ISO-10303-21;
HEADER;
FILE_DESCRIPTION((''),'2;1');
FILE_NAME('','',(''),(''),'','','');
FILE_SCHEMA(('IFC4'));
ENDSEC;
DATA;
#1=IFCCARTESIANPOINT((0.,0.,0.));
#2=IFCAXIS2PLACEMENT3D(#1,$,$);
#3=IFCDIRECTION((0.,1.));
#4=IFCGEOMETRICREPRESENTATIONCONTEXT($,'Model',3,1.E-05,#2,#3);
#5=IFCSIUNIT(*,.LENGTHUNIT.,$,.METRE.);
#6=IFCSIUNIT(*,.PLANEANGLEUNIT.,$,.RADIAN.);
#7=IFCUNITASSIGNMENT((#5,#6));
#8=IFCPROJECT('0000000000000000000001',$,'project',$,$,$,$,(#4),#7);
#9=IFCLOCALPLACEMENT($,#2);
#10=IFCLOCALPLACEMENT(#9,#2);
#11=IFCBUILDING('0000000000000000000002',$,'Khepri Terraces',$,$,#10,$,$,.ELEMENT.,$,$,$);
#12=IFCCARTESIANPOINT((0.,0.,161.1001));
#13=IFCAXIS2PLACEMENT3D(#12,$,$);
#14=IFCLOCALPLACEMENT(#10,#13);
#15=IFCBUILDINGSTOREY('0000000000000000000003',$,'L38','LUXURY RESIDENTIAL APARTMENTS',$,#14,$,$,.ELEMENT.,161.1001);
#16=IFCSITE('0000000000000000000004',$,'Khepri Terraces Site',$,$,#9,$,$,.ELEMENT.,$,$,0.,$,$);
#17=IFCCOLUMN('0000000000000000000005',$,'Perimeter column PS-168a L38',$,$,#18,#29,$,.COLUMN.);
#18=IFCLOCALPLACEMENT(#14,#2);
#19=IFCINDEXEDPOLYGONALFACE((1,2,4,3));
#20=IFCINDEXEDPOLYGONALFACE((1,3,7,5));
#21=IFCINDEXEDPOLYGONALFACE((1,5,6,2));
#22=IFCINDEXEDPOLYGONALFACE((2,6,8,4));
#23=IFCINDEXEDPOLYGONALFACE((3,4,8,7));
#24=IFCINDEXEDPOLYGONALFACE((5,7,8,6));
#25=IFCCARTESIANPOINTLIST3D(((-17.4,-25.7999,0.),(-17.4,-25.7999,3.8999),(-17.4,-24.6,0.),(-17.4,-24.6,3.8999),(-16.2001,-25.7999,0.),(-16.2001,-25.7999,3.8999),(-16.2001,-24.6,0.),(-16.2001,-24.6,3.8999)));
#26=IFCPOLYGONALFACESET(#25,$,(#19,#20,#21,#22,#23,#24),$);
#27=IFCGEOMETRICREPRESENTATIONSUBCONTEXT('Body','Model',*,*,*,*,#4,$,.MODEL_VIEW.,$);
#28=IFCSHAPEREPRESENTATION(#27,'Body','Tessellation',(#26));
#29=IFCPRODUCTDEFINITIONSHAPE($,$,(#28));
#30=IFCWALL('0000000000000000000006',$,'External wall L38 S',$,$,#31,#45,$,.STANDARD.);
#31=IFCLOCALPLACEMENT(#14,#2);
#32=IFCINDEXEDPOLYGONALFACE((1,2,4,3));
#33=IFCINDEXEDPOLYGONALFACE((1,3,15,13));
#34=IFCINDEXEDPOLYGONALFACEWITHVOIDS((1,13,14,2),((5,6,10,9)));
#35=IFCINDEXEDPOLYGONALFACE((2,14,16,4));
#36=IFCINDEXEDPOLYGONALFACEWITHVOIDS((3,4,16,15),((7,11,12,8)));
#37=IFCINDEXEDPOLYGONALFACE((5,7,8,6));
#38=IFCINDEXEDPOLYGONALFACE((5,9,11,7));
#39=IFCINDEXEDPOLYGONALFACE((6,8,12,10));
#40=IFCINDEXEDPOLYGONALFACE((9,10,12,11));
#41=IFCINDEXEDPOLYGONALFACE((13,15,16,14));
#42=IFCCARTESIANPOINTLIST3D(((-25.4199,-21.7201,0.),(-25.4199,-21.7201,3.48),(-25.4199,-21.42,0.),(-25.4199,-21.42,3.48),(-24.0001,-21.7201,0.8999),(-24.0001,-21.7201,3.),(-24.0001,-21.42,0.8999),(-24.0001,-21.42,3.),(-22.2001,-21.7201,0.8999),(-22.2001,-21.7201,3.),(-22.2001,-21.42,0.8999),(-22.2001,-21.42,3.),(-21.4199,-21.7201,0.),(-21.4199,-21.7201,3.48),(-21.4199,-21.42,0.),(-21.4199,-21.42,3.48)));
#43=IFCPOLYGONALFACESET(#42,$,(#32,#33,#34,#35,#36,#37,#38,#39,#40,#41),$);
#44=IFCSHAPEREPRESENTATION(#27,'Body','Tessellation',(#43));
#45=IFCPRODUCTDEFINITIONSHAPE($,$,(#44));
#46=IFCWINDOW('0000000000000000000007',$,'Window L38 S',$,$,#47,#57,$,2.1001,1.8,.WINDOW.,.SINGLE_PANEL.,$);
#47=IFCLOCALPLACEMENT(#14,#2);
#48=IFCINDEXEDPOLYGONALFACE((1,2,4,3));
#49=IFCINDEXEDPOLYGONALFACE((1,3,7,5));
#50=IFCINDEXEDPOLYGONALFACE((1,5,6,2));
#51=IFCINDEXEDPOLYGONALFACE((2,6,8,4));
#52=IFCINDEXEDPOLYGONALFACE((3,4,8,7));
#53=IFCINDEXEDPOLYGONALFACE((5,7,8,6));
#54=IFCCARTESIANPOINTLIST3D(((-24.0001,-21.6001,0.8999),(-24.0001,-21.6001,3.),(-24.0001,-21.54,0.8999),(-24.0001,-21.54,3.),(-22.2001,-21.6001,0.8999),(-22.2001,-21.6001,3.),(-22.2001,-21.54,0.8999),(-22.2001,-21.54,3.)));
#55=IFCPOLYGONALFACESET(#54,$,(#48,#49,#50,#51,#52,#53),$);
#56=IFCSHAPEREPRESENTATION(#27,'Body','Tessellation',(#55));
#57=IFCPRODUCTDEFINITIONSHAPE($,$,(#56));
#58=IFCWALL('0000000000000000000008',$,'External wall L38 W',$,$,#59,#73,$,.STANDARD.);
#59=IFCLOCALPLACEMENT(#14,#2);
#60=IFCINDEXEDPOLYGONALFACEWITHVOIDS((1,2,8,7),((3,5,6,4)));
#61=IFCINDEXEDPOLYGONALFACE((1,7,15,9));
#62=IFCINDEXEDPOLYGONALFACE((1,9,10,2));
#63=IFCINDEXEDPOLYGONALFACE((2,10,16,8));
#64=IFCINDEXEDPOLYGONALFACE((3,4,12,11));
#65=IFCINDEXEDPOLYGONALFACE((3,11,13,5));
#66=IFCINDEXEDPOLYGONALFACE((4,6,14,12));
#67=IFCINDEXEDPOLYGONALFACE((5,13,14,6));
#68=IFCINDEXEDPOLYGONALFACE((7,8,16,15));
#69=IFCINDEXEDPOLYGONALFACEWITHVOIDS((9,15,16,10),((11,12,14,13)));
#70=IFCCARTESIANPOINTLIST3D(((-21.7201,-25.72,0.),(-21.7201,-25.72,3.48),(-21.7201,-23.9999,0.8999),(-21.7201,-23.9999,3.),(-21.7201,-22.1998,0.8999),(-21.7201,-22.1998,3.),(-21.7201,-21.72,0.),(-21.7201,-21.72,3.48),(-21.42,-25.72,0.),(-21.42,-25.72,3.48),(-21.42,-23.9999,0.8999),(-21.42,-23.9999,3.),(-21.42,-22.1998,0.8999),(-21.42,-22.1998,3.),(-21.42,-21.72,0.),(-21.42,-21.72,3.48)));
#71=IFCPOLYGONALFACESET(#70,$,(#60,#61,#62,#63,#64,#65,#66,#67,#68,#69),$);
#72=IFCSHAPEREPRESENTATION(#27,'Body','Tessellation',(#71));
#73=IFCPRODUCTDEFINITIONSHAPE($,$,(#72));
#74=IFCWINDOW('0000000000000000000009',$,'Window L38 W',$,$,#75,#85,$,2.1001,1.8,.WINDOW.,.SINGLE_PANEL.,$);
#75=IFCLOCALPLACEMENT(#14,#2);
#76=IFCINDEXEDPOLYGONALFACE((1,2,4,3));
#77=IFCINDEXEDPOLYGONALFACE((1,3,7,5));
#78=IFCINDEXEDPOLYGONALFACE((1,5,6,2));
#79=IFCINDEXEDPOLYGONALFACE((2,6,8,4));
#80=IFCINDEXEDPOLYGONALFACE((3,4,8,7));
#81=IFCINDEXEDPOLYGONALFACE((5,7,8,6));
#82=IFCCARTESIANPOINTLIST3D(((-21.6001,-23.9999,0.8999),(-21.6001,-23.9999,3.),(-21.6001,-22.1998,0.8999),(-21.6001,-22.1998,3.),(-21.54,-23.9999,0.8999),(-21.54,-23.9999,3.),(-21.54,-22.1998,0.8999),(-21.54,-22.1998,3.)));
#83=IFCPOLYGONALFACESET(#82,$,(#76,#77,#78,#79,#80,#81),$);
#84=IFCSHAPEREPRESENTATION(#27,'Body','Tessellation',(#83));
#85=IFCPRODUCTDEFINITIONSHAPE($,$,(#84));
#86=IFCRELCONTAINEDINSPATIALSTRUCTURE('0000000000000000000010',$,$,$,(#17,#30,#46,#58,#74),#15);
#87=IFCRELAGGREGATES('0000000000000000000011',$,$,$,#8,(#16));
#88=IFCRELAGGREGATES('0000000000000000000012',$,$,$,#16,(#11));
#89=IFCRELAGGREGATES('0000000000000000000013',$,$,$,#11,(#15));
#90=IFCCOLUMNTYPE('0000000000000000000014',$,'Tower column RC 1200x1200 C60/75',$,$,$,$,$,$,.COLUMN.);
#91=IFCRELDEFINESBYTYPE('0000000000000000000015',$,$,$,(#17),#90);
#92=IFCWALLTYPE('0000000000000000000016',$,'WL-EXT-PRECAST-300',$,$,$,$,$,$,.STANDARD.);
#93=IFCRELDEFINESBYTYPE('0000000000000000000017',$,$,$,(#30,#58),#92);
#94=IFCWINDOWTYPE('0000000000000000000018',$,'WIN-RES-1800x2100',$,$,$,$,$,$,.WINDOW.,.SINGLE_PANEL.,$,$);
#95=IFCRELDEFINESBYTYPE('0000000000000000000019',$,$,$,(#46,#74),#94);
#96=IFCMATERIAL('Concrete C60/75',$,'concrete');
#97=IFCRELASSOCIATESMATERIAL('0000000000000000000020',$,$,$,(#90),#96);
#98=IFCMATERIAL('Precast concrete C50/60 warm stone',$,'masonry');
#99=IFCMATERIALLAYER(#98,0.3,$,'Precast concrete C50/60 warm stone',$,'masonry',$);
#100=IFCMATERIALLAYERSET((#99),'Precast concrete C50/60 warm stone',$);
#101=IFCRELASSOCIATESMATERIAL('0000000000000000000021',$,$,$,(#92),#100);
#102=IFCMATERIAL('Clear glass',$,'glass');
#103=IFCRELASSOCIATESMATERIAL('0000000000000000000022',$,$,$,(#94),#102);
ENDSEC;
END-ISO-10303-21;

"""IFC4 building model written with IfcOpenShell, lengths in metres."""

from ifc_helpers import new_model, si_unit, direction, frame, frame_2d, origin, origin_2d, place, context, subcontext, project, spatial, rectangle, extrude, material, layer, layer_set, material_profile, profile_set, type_object, element, fill, save


model = new_model("IFC4")

# Units and contexts
model_context = context("Model", 3, precision=1e-05, world=origin(), true_north=direction((0.0, 1.0)))
body_context = subcontext(model_context, "Body", "Model", "MODEL_VIEW")
ifc_project = project(units=[si_unit("LENGTHUNIT", "METRE"), si_unit("PLANEANGLEUNIT", "RADIAN")], contexts=[model_context])

# Site, building, storey
site_placement = place(None, origin())
site = spatial("IfcSite", under=ifc_project, at=site_placement, Name="Khepri Terraces Site", CompositionType="ELEMENT", RefElevation=0.0)
building_placement = place(site_placement, origin())
building = spatial("IfcBuilding", under=site, at=building_placement, Name="Khepri Terraces", CompositionType="ELEMENT")
storey_placement = place(building_placement, frame((0.0, 0.0, 161.1001)))
storey = spatial("IfcBuildingStorey", under=building, at=storey_placement, Name="L38", Description="LUXURY RESIDENTIAL APARTMENTS", CompositionType="ELEMENT", Elevation=161.1001)

# Column
ifc_material_1 = material(Name="Concrete C60/75", Category="concrete")
ifc_material_profile = material_profile(ifc_material_1, rectangle(XDim=1.2, YDim=1.2, at=origin_2d()), Name="Concrete C60/75", Category="concrete")
ifc_profile_set = profile_set([ifc_material_profile], Name="Concrete C60/75")
column_type = type_object("IfcColumnType", Name="Tower column RC 1200x1200 C60/75", PredefinedType="COLUMN", material=ifc_profile_set)
column_placement = place(storey_placement, frame((-16.8, -25.2, 0.0), z_axis=(0.0, 0.0, 1.0), x_axis=(1.0, 0.0, 0.0)))
element("IfcColumn", 1, at=column_placement, inside=storey, type_object=column_type, Name="Perimeter column PS-168a L38", PredefinedType="COLUMN", context=body_context, shape_type="SweptSolid", body=[
    extrude(rectangle(XDim=1.2, YDim=1.2, at=origin_2d()), origin(), (0.0, 0.0, 1.0), 3.8999),
])

# Walls, openings, windows
ifc_material_2 = material(Name="Precast concrete C50/60 warm stone", Category="masonry")
ifc_layer = layer(ifc_material_2, 0.3, Name="Precast concrete C50/60 warm stone", Category="masonry")
ifc_layer_set = layer_set([ifc_layer], Name="Precast concrete C50/60 warm stone")
wall_type = type_object("IfcWallType", Name="WL-EXT-PRECAST-300", PredefinedType="STANDARD", material=ifc_layer_set)
wall_1_placement = place(storey_placement, frame((-25.4199, -21.5701, 0.0), z_axis=(0.0, 0.0, 1.0), x_axis=(1.0, 0.0, 0.0)))
wall_1 = element("IfcWall", 2, at=wall_1_placement, inside=storey, type_object=wall_type, Name="External wall L38 S", PredefinedType="STANDARD", context=body_context, shape_type="SweptSolid", body=[
    extrude(rectangle(XDim=4.0, YDim=0.3, at=frame_2d((2.0, 0.0))), origin(), (0.0, 0.0, 1.0), 3.48),
])
opening_1_placement = place(wall_1_placement, frame((1.4199, 0.0, 0.8999)))
opening_1 = element("IfcOpeningElement", 3, at=opening_1_placement, cuts=wall_1, PredefinedType="OPENING", context=body_context, shape_type="SweptSolid", body=[
    extrude(rectangle(XDim=1.8, YDim=2.1001, at=frame_2d((0.8999, 1.05))), frame((0.0, 0.1602, 0.0), z_axis=(0.0, -1.0, 0.0), x_axis=(1.0, 0.0, 0.0)), (0.0, 0.0, 1.0), 0.3201),
])
ifc_material_3 = material(Name="Clear glass", Category="glass")
window_type = type_object("IfcWindowType", Name="WIN-RES-1800x2100", PartitioningType="SINGLE_PANEL", PredefinedType="WINDOW", material=ifc_material_3)
window_1_placement = place(opening_1_placement, origin())
window_1 = element("IfcWindow", 4, at=window_1_placement, inside=storey, type_object=window_type, Name="Window L38 S", OverallHeight=2.1001, OverallWidth=1.8, PartitioningType="SINGLE_PANEL", PredefinedType="WINDOW", context=body_context, shape_type="SweptSolid", body=[
    extrude(rectangle(XDim=1.8, YDim=2.1001, at=frame_2d((0.8999, 1.05))), frame((0.0, 0.03, 0.0), z_axis=(0.0, -1.0, 0.0), x_axis=(1.0, 0.0, 0.0)), (0.0, 0.0, 1.0), 0.0601),
])
fill(opening_1, window_1)
wall_2_placement = place(storey_placement, frame((-21.5701, -21.72, 0.0), z_axis=(0.0, 0.0, 1.0), x_axis=(0.0, -1.0, 0.0)))
wall_2 = element("IfcWall", 5, at=wall_2_placement, inside=storey, type_object=wall_type, Name="External wall L38 W", PredefinedType="STANDARD", context=body_context, shape_type="SweptSolid", body=[
    extrude(rectangle(XDim=4.0, YDim=0.3, at=frame_2d((2.0, 0.0))), origin(), (0.0, 0.0, 1.0), 3.48),
])
opening_2_placement = place(wall_2_placement, frame((0.48, 0.0, 0.8999)))
opening_2 = element("IfcOpeningElement", 6, at=opening_2_placement, cuts=wall_2, PredefinedType="OPENING", context=body_context, shape_type="SweptSolid", body=[
    extrude(rectangle(XDim=1.8, YDim=2.1001, at=frame_2d((0.8999, 1.05))), frame((0.0, 0.1602, 0.0), z_axis=(0.0, -1.0, 0.0), x_axis=(1.0, 0.0, 0.0)), (0.0, 0.0, 1.0), 0.3201),
])
window_2_placement = place(opening_2_placement, origin())
window_2 = element("IfcWindow", 7, at=window_2_placement, inside=storey, type_object=window_type, Name="Window L38 W", OverallHeight=2.1001, OverallWidth=1.8, PartitioningType="SINGLE_PANEL", PredefinedType="WINDOW", context=body_context, shape_type="SweptSolid", body=[
    extrude(rectangle(XDim=1.8, YDim=2.1001, at=frame_2d((0.8999, 1.05))), frame((0.0, 0.03, 0.0), z_axis=(0.0, -1.0, 0.0), x_axis=(1.0, 0.0, 0.0)), (0.0, 0.0, 1.0), 0.0601),
])
fill(opening_2, window_2)

save(model, "model.ifc")
